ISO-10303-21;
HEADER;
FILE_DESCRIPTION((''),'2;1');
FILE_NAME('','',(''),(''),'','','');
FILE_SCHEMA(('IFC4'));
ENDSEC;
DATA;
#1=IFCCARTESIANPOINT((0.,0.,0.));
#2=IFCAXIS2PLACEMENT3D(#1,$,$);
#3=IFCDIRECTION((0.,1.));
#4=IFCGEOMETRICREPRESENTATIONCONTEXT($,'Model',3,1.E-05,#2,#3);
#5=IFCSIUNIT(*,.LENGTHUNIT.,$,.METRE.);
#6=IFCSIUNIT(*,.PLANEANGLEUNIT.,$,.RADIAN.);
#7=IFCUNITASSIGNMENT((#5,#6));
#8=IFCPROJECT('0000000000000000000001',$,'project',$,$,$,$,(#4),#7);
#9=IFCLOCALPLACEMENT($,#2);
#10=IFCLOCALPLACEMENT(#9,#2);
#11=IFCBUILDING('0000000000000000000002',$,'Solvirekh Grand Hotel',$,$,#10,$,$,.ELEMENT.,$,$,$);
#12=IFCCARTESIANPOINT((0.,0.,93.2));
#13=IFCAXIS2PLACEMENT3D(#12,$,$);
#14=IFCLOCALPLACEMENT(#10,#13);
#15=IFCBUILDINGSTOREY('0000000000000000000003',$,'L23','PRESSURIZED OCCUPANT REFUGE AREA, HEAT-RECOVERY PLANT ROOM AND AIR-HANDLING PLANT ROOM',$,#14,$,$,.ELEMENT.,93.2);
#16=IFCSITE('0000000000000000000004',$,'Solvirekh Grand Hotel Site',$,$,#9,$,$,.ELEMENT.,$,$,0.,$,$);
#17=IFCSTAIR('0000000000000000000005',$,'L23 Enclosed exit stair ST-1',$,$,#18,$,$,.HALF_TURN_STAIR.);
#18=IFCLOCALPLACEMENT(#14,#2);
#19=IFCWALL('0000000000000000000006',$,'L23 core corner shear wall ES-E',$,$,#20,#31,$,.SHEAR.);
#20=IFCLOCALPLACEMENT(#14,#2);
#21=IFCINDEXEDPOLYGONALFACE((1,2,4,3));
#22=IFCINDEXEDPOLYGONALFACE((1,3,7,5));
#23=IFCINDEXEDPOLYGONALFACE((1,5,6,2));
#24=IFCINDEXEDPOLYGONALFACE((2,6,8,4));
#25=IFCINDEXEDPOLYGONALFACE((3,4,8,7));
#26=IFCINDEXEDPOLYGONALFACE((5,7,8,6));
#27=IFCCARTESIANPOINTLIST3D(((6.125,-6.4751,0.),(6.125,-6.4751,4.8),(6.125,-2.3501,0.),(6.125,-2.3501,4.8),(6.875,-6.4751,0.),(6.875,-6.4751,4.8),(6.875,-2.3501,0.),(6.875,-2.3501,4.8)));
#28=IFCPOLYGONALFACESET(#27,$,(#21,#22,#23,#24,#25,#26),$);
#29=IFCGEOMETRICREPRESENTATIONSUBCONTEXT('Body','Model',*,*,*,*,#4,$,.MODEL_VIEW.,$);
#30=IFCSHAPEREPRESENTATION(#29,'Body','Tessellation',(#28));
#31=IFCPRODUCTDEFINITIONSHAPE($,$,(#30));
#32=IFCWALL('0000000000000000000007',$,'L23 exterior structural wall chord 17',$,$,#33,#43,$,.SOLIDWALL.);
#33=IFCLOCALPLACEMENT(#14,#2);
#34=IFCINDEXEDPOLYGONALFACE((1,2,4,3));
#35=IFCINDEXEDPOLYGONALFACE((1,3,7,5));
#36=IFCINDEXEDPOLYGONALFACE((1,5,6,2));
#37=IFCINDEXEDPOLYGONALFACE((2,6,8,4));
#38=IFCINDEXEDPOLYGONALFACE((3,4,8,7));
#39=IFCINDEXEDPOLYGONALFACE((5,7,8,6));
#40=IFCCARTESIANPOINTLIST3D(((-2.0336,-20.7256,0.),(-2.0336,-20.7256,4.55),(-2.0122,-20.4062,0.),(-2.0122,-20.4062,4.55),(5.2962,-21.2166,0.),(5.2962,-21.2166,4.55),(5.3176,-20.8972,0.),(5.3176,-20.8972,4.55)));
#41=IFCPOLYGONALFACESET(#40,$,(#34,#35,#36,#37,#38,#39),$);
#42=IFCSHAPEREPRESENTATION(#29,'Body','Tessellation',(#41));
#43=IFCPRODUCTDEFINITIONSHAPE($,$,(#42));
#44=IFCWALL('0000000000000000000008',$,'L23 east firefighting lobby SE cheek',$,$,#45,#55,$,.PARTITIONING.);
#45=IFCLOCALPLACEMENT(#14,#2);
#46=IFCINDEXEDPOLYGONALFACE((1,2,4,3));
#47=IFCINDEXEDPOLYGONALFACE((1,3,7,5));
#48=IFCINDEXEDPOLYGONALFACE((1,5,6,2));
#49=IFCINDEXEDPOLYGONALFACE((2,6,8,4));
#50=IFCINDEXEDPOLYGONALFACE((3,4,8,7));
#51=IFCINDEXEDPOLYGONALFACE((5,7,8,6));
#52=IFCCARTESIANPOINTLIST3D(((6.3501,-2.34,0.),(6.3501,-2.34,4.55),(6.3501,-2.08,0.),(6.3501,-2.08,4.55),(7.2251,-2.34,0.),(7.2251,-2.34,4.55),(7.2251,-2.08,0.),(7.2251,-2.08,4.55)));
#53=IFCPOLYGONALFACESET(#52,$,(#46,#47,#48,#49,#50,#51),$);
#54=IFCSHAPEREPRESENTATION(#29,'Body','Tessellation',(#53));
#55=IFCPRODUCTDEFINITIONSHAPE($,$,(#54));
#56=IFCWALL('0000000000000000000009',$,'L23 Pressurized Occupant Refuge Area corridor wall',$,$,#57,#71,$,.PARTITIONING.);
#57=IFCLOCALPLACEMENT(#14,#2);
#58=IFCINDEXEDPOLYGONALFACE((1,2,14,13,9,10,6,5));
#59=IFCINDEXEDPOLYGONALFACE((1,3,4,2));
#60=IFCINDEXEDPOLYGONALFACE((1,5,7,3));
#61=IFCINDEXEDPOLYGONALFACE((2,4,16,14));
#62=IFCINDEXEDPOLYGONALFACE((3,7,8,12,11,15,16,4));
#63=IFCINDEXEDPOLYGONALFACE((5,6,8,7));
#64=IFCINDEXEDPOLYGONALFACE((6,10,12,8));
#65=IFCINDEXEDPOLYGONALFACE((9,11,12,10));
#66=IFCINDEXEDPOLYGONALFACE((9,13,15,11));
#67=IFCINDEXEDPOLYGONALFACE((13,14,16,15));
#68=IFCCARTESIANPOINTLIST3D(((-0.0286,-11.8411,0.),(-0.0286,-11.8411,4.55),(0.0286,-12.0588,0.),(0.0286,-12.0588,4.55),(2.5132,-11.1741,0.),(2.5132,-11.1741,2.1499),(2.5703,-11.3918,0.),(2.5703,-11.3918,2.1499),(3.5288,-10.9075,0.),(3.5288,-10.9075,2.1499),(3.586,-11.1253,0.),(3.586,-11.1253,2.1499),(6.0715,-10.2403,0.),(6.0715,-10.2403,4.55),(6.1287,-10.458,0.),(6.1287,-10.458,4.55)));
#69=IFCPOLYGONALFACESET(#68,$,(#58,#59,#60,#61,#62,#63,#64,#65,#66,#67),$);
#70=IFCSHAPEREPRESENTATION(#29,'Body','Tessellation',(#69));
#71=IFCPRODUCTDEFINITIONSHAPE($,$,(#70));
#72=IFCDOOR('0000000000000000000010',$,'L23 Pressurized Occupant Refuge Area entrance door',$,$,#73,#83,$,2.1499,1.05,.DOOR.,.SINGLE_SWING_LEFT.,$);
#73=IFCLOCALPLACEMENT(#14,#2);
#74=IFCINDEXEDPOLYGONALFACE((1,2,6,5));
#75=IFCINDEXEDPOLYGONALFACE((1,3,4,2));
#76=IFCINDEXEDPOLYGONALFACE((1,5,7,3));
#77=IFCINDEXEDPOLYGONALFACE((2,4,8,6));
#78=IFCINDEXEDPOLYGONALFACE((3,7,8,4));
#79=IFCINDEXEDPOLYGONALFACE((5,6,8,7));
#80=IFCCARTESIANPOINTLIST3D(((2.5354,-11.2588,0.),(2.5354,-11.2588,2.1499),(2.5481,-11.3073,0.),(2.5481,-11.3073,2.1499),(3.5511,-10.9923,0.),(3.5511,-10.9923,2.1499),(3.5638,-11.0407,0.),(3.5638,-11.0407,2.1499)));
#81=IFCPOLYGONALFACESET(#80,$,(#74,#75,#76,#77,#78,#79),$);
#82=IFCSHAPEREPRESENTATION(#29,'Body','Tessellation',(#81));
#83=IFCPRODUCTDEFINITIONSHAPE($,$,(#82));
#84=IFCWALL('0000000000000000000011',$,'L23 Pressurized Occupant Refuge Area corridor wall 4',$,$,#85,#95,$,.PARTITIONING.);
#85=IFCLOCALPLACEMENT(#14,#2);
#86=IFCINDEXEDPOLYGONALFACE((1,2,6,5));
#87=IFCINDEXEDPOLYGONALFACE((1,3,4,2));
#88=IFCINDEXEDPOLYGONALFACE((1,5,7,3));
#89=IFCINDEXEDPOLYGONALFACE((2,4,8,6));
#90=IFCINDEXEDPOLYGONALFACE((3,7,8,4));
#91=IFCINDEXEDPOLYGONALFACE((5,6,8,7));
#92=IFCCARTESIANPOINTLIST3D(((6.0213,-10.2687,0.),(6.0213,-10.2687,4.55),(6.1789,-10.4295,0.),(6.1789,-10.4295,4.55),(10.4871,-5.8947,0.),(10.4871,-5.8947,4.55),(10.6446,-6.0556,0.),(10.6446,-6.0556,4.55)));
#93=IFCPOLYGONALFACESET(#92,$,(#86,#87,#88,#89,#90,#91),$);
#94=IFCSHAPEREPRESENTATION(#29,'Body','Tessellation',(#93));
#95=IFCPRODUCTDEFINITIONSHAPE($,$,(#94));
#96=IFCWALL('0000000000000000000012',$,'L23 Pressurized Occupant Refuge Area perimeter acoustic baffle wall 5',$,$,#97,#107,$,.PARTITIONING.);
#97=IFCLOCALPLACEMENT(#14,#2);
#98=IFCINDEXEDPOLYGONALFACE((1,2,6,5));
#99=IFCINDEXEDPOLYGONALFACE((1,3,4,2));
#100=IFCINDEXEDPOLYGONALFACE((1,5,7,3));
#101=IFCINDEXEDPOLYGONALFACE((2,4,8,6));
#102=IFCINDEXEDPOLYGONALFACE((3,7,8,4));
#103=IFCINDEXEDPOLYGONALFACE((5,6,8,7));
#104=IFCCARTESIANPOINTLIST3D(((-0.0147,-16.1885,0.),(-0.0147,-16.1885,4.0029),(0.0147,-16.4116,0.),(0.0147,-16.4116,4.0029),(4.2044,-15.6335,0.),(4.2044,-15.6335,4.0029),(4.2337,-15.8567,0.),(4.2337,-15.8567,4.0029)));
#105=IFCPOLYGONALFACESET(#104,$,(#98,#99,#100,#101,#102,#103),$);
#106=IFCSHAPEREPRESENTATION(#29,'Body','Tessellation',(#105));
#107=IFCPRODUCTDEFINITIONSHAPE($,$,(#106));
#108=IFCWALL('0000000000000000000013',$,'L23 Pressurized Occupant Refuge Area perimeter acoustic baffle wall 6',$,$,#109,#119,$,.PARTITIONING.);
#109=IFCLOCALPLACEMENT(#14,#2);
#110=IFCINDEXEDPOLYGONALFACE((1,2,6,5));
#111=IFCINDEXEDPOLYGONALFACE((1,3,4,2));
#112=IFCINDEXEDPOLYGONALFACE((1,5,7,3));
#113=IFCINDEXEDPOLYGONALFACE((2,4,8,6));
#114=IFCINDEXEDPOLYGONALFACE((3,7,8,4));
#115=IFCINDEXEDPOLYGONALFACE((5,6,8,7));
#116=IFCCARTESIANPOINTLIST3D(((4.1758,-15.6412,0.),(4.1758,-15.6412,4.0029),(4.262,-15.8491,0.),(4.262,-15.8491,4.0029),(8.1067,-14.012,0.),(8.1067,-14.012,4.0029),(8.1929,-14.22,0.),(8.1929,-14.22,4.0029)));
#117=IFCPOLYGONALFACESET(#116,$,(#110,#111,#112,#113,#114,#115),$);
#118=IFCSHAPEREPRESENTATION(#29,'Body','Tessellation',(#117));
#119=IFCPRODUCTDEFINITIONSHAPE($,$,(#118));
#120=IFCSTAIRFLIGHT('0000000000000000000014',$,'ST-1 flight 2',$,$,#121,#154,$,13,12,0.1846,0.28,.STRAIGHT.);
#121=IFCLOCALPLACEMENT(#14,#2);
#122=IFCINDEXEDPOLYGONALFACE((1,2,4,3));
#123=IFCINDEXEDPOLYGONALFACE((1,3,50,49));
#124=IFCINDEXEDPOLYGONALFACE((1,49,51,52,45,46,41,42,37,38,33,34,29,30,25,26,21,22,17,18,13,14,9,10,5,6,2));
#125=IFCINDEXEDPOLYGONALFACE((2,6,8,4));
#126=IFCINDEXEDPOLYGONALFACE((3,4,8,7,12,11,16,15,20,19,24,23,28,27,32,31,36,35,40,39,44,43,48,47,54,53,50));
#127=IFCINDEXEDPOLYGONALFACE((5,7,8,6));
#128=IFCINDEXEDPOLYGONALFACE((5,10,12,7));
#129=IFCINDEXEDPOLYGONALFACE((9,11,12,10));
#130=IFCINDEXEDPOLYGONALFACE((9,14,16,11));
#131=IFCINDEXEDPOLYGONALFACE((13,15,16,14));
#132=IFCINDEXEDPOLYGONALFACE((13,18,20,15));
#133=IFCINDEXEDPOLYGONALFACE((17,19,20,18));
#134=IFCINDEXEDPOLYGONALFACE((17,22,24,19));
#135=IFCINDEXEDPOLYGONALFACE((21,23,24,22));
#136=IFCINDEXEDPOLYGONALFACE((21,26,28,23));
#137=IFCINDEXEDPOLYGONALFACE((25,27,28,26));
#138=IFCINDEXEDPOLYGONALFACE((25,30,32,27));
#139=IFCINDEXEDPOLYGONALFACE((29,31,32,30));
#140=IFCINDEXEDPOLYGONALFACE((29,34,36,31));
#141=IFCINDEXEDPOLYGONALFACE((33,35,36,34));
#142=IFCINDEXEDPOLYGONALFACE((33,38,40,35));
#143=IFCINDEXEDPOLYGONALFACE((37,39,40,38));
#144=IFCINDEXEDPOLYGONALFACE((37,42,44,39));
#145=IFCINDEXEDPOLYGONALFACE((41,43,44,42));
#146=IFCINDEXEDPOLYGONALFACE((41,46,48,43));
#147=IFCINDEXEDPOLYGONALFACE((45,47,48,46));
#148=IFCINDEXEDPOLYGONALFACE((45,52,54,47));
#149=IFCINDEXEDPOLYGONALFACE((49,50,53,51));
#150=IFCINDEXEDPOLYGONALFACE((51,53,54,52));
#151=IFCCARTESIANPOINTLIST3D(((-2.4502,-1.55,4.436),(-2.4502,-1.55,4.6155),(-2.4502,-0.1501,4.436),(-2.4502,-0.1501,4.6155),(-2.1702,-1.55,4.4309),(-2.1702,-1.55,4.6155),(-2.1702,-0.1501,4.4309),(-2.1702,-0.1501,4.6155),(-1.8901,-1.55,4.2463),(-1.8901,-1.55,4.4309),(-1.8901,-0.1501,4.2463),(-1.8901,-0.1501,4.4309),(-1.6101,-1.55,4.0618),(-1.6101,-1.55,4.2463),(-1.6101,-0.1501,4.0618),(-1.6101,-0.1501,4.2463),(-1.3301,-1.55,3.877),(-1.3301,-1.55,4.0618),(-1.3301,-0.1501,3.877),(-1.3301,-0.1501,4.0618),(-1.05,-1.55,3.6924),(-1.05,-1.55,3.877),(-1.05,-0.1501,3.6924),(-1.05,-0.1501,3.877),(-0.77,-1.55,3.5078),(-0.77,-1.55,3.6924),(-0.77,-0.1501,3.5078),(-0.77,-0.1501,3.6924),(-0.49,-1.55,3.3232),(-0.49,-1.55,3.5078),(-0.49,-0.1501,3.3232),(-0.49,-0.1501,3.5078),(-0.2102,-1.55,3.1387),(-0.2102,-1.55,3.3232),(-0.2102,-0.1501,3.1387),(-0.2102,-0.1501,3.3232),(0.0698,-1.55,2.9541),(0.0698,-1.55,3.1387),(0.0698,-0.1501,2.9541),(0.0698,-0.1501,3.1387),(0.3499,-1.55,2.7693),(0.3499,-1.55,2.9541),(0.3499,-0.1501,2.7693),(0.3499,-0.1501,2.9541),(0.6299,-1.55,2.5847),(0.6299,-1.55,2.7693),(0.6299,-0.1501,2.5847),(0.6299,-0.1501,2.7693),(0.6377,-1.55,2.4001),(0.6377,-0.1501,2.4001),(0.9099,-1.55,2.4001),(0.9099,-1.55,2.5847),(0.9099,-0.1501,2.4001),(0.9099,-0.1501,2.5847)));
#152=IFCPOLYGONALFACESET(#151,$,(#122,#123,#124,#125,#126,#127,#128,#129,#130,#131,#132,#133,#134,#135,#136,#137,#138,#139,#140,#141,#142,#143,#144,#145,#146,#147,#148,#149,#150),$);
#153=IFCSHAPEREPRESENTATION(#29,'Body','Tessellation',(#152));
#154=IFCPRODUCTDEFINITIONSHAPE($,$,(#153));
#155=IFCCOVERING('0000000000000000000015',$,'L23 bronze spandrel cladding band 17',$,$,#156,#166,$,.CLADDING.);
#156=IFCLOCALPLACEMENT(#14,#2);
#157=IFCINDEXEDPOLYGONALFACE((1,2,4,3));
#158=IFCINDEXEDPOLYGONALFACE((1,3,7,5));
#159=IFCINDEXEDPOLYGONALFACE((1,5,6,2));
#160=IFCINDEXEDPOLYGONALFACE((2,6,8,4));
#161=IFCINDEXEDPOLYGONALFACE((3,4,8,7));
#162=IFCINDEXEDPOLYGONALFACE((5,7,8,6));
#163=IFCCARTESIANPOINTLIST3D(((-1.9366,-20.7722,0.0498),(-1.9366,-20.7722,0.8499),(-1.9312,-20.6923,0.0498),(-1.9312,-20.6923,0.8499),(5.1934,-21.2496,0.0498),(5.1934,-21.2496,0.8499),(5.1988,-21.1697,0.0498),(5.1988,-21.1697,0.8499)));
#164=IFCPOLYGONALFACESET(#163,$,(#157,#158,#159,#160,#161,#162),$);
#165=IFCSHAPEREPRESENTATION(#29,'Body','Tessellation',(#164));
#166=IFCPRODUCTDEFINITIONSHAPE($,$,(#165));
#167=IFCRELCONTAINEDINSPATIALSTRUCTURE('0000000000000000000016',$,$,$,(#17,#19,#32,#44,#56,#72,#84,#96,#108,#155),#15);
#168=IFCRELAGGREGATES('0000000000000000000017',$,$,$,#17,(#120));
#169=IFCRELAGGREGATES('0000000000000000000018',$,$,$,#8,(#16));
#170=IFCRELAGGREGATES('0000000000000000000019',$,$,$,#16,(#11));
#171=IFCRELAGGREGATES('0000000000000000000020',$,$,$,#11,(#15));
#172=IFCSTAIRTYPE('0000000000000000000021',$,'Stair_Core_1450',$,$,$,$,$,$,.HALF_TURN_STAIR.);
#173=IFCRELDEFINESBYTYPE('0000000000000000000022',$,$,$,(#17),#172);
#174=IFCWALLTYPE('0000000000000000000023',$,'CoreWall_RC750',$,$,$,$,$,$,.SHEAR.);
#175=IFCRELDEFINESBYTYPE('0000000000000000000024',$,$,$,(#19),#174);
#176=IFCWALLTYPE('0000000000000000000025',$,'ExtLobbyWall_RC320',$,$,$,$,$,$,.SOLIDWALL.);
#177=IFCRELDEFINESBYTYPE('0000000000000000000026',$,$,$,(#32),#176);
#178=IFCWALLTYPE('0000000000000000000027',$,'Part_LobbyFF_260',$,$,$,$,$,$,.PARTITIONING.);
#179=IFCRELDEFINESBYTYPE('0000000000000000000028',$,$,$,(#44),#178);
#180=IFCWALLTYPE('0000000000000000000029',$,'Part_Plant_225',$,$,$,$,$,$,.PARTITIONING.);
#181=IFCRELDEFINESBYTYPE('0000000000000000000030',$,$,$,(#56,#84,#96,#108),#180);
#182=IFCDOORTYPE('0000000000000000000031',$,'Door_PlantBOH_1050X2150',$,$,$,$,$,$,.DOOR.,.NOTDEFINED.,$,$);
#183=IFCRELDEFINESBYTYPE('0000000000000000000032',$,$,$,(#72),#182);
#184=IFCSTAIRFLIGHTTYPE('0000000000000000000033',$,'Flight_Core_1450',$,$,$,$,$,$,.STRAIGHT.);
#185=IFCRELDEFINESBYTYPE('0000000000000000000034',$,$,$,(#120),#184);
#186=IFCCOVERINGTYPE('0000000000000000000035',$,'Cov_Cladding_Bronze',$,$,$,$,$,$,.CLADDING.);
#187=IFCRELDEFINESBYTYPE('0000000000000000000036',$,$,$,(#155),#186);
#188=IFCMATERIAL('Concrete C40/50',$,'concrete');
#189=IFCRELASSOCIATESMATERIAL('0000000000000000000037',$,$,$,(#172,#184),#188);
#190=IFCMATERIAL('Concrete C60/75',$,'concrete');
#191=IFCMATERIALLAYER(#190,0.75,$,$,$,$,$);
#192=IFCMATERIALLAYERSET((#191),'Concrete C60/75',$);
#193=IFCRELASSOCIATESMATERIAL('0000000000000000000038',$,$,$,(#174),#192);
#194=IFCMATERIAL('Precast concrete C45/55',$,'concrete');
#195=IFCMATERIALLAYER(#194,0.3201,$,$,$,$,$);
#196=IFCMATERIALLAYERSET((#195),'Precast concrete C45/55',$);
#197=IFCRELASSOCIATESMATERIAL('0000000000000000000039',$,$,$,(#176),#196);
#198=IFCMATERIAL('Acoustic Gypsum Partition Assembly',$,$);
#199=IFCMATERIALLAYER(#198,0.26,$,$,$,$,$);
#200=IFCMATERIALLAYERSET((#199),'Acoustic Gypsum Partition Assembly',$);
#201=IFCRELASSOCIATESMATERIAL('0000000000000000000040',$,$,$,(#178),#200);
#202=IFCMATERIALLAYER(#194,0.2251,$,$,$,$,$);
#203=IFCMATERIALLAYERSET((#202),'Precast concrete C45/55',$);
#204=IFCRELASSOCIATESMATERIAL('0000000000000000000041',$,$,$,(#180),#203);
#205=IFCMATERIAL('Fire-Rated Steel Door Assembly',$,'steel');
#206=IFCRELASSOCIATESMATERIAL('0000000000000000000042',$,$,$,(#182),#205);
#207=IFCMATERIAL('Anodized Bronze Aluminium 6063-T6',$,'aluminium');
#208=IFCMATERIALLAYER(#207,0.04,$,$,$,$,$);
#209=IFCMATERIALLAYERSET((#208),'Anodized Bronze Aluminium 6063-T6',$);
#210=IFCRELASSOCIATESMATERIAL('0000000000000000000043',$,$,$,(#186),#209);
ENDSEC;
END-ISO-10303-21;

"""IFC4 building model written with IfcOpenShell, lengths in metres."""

from ifc_helpers import new_model, si_unit, direction, frame, frame_2d, origin, origin_2d, place, context, subcontext, project, spatial, polyline, rectangle, outline, extrude, material, layer, layer_set, type_object, element, fill, aggregate, save


model = new_model("IFC4")

# Units and contexts
model_context = context("Model", 3, precision=1e-05, world=origin(), true_north=direction((0.0, 1.0)))
body_context = subcontext(model_context, "Body", "Model", "MODEL_VIEW")
ifc_project = project(units=[si_unit("LENGTHUNIT", "METRE"), si_unit("PLANEANGLEUNIT", "RADIAN")], contexts=[model_context])

# Site, building, storey
site_placement = place(None, origin())
site = spatial("IfcSite", under=ifc_project, at=site_placement, Name="Solvirekh Grand Hotel Site", CompositionType="ELEMENT", RefElevation=0.0)
building_placement = place(site_placement, origin())
building = spatial("IfcBuilding", under=site, at=building_placement, Name="Solvirekh Grand Hotel", CompositionType="ELEMENT")
storey_placement = place(building_placement, frame((0.0, 0.0, 93.2)))
storey = spatial("IfcBuildingStorey", under=building, at=storey_placement, Name="L23", Description="PRESSURIZED OCCUPANT REFUGE AREA, HEAT-RECOVERY PLANT ROOM AND AIR-HANDLING PLANT ROOM", CompositionType="ELEMENT", Elevation=93.2)

# Shared definitions
ifc_material_1 = material(Name="Concrete C60/75", Category="concrete")

# Stair
ifc_material_2 = material(Name="Concrete C40/50", Category="concrete")
stair_type = type_object("IfcStairType", Name="Stair_Core_1450", PredefinedType="HALF_TURN_STAIR", material=ifc_material_2)
stair_1_placement = place(storey_placement, origin())
stair_1 = element("IfcStair", 1, at=stair_1_placement, inside=storey, type_object=stair_type, Name="L23 Enclosed exit stair ST-1", PredefinedType="HALF_TURN_STAIR")

# Shared definitions
ifc_material_3 = material(Name="Fire-Rated Steel Door Assembly", Category="steel")

# Walls
ifc_layer_1 = layer(ifc_material_1, 0.75)
ifc_layer_set_1 = layer_set([ifc_layer_1], Name="Concrete C60/75")
wall_type_1 = type_object("IfcWallType", Name="CoreWall_RC750", PredefinedType="SHEAR", material=ifc_layer_set_1)
wall_1_placement = place(storey_placement, frame((6.5, -6.4751, 0.0), z_axis=(0.0, 0.0, 1.0), x_axis=(0.0, 1.0, 0.0)))
element("IfcWall", 2, at=wall_1_placement, inside=storey, type_object=wall_type_1, Name="L23 core corner shear wall ES-E", PredefinedType="SHEAR", context=body_context, shape_type="SweptSolid", body=[
    extrude(rectangle(XDim=4.125, YDim=0.75, at=frame_2d((2.0625, 0.0))), origin(), (0.0, 0.0, 1.0), 4.8),
])
ifc_material_4 = material(Name="Precast concrete C45/55", Category="concrete")
ifc_layer_2 = layer(ifc_material_4, 0.3201)
ifc_layer_set_2 = layer_set([ifc_layer_2], Name="Precast concrete C45/55")
wall_type_2 = type_object("IfcWallType", Name="ExtLobbyWall_RC320", PredefinedType="SOLIDWALL", material=ifc_layer_set_2)
wall_2_placement = place(storey_placement, frame((5.3069, -21.0569, 0.0), z_axis=(0.0, 0.0, 1.0), x_axis=(-0.997764, 0.066832, 0.0)))
element("IfcWall", 3, at=wall_2_placement, inside=storey, type_object=wall_type_2, Name="L23 exterior structural wall chord 17", PredefinedType="SOLIDWALL", context=body_context, shape_type="SweptSolid", body=[
    extrude(rectangle(XDim=7.3462, YDim=0.3201, at=frame_2d((3.6731, 0.0))), origin(), (0.0, 0.0, 1.0), 4.55),
])
ifc_material_5 = material(Name="Acoustic Gypsum Partition Assembly")
ifc_layer_3 = layer(ifc_material_5, 0.26)
ifc_layer_set_3 = layer_set([ifc_layer_3], Name="Acoustic Gypsum Partition Assembly")
wall_type_3 = type_object("IfcWallType", Name="Part_LobbyFF_260", PredefinedType="PARTITIONING", material=ifc_layer_set_3)
wall_3_placement = place(storey_placement, frame((6.3501, -2.21, 0.0), z_axis=(0.0, 0.0, 1.0), x_axis=(1.0, 0.0, 0.0)))
element("IfcWall", 4, at=wall_3_placement, inside=storey, type_object=wall_type_3, Name="L23 east firefighting lobby SE cheek", PredefinedType="PARTITIONING", context=body_context, shape_type="SweptSolid", body=[
    extrude(rectangle(XDim=0.875, YDim=0.26, at=frame_2d((0.4375, 0.0))), origin(), (0.0, 0.0, 1.0), 4.55),
])

# Wall, opening, door
ifc_layer_4 = layer(ifc_material_4, 0.2251)
ifc_layer_set_4 = layer_set([ifc_layer_4], Name="Precast concrete C45/55")
wall_type_4 = type_object("IfcWallType", Name="Part_Plant_225", PredefinedType="PARTITIONING", material=ifc_layer_set_4)
wall_4_placement = place(storey_placement, frame((0.0, -11.95, 0.0), z_axis=(0.0, 0.0, 1.0), x_axis=(0.967248, 0.253832, 0.0)))
wall_4 = element("IfcWall", 5, at=wall_4_placement, inside=storey, type_object=wall_type_4, Name="L23 Pressurized Occupant Refuge Area corridor wall", PredefinedType="PARTITIONING", context=body_context, shape_type="SweptSolid", body=[
    extrude(rectangle(XDim=6.3066, YDim=0.2251, at=frame_2d((3.1533, 0.0))), origin(), (0.0, 0.0, 1.0), 4.55),
])
opening_1_placement = place(wall_4_placement, frame((2.6279, 0.0, 0.0)))
opening_1 = element("IfcOpeningElement", 6, at=opening_1_placement, cuts=wall_4, PredefinedType="OPENING", context=body_context, shape_type="SweptSolid", body=[
    extrude(rectangle(XDim=1.05, YDim=2.1499, at=frame_2d((0.5249, 1.075))), frame((0.0, 0.1226, 0.0), z_axis=(0.0, -1.0, 0.0), x_axis=(1.0, 0.0, 0.0)), (0.0, 0.0, 1.0), 0.2451),
])
door_type_1 = type_object("IfcDoorType", Name="Door_PlantBOH_1050X2150", OperationType="NOTDEFINED", PredefinedType="DOOR", material=ifc_material_3)
door_1_placement = place(opening_1_placement, origin())
door_1 = element("IfcDoor", 7, at=door_1_placement, inside=storey, type_object=door_type_1, Name="L23 Pressurized Occupant Refuge Area entrance door", OperationType="SINGLE_SWING_LEFT", OverallHeight=2.1499, OverallWidth=1.05, PredefinedType="DOOR", context=body_context, shape_type="SweptSolid", body=[
    extrude(rectangle(XDim=1.05, YDim=2.1499, at=frame_2d((0.5249, 1.075))), frame((0.0, 0.0249, 0.0), z_axis=(0.0, -1.0, 0.0), x_axis=(1.0, 0.0, 0.0)), (0.0, 0.0, 1.0), 0.05),
])
fill(opening_1, door_1)

# Walls
wall_5_placement = place(storey_placement, frame((6.1001, -10.3491, 0.0), z_axis=(0.0, 0.0, 1.0), x_axis=(0.714411, 0.699726, 0.0)))
element("IfcWall", 8, at=wall_5_placement, inside=storey, type_object=wall_type_4, Name="L23 Pressurized Occupant Refuge Area corridor wall 4", PredefinedType="PARTITIONING", context=body_context, shape_type="SweptSolid", body=[
    extrude(rectangle(XDim=6.251, YDim=0.2251, at=frame_2d((3.1255, 0.0))), origin(), (0.0, 0.0, 1.0), 4.55),
])
wall_6_placement = place(storey_placement, frame((0.0, -16.3, 0.0), z_axis=(0.0, 0.0, 1.0), x_axis=(0.99146, 0.130409, 0.0)))
element("IfcWall", 9, at=wall_6_placement, inside=storey, type_object=wall_type_4, Name="L23 Pressurized Occupant Refuge Area perimeter acoustic baffle wall 5", PredefinedType="PARTITIONING", context=body_context, shape_type="SweptSolid", body=[
    extrude(rectangle(XDim=4.2554, YDim=0.2251, at=frame_2d((2.1277, 0.0))), origin(), (0.0, 0.0, 1.0), 4.0029),
])
wall_7_placement = place(storey_placement, frame((4.219, -15.7451, 0.0), z_axis=(0.0, 0.0, 1.0), x_axis=(0.923803, 0.382867, 0.0)))
element("IfcWall", 10, at=wall_7_placement, inside=storey, type_object=wall_type_4, Name="L23 Pressurized Occupant Refuge Area perimeter acoustic baffle wall 6", PredefinedType="PARTITIONING", context=body_context, shape_type="SweptSolid", body=[
    extrude(rectangle(XDim=4.2551, YDim=0.2251, at=frame_2d((2.1274, 0.0))), origin(), (0.0, 0.0, 1.0), 4.0029),
])

# Stair flight
stair_flight_type = type_object("IfcStairFlightType", Name="Flight_Core_1450", PredefinedType="STRAIGHT", material=ifc_material_2)
stair_flight_placement = place(storey_placement, frame((0.9099, -0.8501, 2.4001), z_axis=(0.0, 0.0, 1.0), x_axis=(-1.0, 0.0, 0.0)))
stair_flight = element("IfcStairFlight", 11, at=stair_flight_placement, type_object=stair_flight_type, Name="ST-1 flight 2", NumberOfRisers=13, NumberOfTreads=12, PredefinedType="STRAIGHT", RiserHeight=0.1846, TreadLength=0.28, context=body_context, shape_type="SweptSolid", body=[
    extrude(outline(polyline([(0.0, 0.0), (0.0, 0.1846), (0.28, 0.1846), (0.28, 0.3691), (0.5601, 0.3691), (0.5601, 0.554), (0.8401, 0.554), (0.8401, 0.7385), (1.1201, 0.7385), (1.1201, 0.9231), (1.3999, 0.9231), (1.3999, 1.1077), (1.6799, 1.1077), (1.6799, 1.2922), (1.96, 1.2922), (1.96, 1.4768), (2.24, 1.4768), (2.24, 1.6616), (2.52, 1.6616), (2.52, 1.8462), (2.8, 1.8462), (2.8, 2.0308), (3.0801, 2.0308), (3.0801, 2.2153), (3.3601, 2.2153), (3.3601, 2.3999), (3.3601, 2.0359), (0.2722, 0.0), (0.0, 0.0)])), frame((0.0, 0.7, 0.0), z_axis=(0.0, -1.0, 0.0), x_axis=(1.0, 0.0, 0.0)), (0.0, 0.0, 1.0), 1.3999),
])
aggregate(stair_1, [stair_flight])

# Covering
ifc_material_6 = material(Name="Anodized Bronze Aluminium 6063-T6", Category="aluminium")
ifc_layer_5 = layer(ifc_material_6, 0.04)
ifc_layer_set_5 = layer_set([ifc_layer_5], Name="Anodized Bronze Aluminium 6063-T6")
covering_type = type_object("IfcCoveringType", Name="Cov_Cladding_Bronze", PredefinedType="CLADDING", material=ifc_layer_set_5)
covering_placement = place(storey_placement, frame((1.6311, -20.9709, 0.0498), z_axis=(0.0, 0.0, 1.0), x_axis=(-0.997767, 0.066796, 0.0)))
element("IfcCovering", 12, at=covering_placement, inside=storey, type_object=covering_type, Name="L23 bronze spandrel cladding band 17", PredefinedType="CLADDING", context=body_context, shape_type="SweptSolid", body=[
    extrude(rectangle(XDim=7.146, YDim=0.0801, at=origin_2d()), origin(), (0.0, 0.0, 1.0), 0.8),
])

save(model, "model.ifc")
